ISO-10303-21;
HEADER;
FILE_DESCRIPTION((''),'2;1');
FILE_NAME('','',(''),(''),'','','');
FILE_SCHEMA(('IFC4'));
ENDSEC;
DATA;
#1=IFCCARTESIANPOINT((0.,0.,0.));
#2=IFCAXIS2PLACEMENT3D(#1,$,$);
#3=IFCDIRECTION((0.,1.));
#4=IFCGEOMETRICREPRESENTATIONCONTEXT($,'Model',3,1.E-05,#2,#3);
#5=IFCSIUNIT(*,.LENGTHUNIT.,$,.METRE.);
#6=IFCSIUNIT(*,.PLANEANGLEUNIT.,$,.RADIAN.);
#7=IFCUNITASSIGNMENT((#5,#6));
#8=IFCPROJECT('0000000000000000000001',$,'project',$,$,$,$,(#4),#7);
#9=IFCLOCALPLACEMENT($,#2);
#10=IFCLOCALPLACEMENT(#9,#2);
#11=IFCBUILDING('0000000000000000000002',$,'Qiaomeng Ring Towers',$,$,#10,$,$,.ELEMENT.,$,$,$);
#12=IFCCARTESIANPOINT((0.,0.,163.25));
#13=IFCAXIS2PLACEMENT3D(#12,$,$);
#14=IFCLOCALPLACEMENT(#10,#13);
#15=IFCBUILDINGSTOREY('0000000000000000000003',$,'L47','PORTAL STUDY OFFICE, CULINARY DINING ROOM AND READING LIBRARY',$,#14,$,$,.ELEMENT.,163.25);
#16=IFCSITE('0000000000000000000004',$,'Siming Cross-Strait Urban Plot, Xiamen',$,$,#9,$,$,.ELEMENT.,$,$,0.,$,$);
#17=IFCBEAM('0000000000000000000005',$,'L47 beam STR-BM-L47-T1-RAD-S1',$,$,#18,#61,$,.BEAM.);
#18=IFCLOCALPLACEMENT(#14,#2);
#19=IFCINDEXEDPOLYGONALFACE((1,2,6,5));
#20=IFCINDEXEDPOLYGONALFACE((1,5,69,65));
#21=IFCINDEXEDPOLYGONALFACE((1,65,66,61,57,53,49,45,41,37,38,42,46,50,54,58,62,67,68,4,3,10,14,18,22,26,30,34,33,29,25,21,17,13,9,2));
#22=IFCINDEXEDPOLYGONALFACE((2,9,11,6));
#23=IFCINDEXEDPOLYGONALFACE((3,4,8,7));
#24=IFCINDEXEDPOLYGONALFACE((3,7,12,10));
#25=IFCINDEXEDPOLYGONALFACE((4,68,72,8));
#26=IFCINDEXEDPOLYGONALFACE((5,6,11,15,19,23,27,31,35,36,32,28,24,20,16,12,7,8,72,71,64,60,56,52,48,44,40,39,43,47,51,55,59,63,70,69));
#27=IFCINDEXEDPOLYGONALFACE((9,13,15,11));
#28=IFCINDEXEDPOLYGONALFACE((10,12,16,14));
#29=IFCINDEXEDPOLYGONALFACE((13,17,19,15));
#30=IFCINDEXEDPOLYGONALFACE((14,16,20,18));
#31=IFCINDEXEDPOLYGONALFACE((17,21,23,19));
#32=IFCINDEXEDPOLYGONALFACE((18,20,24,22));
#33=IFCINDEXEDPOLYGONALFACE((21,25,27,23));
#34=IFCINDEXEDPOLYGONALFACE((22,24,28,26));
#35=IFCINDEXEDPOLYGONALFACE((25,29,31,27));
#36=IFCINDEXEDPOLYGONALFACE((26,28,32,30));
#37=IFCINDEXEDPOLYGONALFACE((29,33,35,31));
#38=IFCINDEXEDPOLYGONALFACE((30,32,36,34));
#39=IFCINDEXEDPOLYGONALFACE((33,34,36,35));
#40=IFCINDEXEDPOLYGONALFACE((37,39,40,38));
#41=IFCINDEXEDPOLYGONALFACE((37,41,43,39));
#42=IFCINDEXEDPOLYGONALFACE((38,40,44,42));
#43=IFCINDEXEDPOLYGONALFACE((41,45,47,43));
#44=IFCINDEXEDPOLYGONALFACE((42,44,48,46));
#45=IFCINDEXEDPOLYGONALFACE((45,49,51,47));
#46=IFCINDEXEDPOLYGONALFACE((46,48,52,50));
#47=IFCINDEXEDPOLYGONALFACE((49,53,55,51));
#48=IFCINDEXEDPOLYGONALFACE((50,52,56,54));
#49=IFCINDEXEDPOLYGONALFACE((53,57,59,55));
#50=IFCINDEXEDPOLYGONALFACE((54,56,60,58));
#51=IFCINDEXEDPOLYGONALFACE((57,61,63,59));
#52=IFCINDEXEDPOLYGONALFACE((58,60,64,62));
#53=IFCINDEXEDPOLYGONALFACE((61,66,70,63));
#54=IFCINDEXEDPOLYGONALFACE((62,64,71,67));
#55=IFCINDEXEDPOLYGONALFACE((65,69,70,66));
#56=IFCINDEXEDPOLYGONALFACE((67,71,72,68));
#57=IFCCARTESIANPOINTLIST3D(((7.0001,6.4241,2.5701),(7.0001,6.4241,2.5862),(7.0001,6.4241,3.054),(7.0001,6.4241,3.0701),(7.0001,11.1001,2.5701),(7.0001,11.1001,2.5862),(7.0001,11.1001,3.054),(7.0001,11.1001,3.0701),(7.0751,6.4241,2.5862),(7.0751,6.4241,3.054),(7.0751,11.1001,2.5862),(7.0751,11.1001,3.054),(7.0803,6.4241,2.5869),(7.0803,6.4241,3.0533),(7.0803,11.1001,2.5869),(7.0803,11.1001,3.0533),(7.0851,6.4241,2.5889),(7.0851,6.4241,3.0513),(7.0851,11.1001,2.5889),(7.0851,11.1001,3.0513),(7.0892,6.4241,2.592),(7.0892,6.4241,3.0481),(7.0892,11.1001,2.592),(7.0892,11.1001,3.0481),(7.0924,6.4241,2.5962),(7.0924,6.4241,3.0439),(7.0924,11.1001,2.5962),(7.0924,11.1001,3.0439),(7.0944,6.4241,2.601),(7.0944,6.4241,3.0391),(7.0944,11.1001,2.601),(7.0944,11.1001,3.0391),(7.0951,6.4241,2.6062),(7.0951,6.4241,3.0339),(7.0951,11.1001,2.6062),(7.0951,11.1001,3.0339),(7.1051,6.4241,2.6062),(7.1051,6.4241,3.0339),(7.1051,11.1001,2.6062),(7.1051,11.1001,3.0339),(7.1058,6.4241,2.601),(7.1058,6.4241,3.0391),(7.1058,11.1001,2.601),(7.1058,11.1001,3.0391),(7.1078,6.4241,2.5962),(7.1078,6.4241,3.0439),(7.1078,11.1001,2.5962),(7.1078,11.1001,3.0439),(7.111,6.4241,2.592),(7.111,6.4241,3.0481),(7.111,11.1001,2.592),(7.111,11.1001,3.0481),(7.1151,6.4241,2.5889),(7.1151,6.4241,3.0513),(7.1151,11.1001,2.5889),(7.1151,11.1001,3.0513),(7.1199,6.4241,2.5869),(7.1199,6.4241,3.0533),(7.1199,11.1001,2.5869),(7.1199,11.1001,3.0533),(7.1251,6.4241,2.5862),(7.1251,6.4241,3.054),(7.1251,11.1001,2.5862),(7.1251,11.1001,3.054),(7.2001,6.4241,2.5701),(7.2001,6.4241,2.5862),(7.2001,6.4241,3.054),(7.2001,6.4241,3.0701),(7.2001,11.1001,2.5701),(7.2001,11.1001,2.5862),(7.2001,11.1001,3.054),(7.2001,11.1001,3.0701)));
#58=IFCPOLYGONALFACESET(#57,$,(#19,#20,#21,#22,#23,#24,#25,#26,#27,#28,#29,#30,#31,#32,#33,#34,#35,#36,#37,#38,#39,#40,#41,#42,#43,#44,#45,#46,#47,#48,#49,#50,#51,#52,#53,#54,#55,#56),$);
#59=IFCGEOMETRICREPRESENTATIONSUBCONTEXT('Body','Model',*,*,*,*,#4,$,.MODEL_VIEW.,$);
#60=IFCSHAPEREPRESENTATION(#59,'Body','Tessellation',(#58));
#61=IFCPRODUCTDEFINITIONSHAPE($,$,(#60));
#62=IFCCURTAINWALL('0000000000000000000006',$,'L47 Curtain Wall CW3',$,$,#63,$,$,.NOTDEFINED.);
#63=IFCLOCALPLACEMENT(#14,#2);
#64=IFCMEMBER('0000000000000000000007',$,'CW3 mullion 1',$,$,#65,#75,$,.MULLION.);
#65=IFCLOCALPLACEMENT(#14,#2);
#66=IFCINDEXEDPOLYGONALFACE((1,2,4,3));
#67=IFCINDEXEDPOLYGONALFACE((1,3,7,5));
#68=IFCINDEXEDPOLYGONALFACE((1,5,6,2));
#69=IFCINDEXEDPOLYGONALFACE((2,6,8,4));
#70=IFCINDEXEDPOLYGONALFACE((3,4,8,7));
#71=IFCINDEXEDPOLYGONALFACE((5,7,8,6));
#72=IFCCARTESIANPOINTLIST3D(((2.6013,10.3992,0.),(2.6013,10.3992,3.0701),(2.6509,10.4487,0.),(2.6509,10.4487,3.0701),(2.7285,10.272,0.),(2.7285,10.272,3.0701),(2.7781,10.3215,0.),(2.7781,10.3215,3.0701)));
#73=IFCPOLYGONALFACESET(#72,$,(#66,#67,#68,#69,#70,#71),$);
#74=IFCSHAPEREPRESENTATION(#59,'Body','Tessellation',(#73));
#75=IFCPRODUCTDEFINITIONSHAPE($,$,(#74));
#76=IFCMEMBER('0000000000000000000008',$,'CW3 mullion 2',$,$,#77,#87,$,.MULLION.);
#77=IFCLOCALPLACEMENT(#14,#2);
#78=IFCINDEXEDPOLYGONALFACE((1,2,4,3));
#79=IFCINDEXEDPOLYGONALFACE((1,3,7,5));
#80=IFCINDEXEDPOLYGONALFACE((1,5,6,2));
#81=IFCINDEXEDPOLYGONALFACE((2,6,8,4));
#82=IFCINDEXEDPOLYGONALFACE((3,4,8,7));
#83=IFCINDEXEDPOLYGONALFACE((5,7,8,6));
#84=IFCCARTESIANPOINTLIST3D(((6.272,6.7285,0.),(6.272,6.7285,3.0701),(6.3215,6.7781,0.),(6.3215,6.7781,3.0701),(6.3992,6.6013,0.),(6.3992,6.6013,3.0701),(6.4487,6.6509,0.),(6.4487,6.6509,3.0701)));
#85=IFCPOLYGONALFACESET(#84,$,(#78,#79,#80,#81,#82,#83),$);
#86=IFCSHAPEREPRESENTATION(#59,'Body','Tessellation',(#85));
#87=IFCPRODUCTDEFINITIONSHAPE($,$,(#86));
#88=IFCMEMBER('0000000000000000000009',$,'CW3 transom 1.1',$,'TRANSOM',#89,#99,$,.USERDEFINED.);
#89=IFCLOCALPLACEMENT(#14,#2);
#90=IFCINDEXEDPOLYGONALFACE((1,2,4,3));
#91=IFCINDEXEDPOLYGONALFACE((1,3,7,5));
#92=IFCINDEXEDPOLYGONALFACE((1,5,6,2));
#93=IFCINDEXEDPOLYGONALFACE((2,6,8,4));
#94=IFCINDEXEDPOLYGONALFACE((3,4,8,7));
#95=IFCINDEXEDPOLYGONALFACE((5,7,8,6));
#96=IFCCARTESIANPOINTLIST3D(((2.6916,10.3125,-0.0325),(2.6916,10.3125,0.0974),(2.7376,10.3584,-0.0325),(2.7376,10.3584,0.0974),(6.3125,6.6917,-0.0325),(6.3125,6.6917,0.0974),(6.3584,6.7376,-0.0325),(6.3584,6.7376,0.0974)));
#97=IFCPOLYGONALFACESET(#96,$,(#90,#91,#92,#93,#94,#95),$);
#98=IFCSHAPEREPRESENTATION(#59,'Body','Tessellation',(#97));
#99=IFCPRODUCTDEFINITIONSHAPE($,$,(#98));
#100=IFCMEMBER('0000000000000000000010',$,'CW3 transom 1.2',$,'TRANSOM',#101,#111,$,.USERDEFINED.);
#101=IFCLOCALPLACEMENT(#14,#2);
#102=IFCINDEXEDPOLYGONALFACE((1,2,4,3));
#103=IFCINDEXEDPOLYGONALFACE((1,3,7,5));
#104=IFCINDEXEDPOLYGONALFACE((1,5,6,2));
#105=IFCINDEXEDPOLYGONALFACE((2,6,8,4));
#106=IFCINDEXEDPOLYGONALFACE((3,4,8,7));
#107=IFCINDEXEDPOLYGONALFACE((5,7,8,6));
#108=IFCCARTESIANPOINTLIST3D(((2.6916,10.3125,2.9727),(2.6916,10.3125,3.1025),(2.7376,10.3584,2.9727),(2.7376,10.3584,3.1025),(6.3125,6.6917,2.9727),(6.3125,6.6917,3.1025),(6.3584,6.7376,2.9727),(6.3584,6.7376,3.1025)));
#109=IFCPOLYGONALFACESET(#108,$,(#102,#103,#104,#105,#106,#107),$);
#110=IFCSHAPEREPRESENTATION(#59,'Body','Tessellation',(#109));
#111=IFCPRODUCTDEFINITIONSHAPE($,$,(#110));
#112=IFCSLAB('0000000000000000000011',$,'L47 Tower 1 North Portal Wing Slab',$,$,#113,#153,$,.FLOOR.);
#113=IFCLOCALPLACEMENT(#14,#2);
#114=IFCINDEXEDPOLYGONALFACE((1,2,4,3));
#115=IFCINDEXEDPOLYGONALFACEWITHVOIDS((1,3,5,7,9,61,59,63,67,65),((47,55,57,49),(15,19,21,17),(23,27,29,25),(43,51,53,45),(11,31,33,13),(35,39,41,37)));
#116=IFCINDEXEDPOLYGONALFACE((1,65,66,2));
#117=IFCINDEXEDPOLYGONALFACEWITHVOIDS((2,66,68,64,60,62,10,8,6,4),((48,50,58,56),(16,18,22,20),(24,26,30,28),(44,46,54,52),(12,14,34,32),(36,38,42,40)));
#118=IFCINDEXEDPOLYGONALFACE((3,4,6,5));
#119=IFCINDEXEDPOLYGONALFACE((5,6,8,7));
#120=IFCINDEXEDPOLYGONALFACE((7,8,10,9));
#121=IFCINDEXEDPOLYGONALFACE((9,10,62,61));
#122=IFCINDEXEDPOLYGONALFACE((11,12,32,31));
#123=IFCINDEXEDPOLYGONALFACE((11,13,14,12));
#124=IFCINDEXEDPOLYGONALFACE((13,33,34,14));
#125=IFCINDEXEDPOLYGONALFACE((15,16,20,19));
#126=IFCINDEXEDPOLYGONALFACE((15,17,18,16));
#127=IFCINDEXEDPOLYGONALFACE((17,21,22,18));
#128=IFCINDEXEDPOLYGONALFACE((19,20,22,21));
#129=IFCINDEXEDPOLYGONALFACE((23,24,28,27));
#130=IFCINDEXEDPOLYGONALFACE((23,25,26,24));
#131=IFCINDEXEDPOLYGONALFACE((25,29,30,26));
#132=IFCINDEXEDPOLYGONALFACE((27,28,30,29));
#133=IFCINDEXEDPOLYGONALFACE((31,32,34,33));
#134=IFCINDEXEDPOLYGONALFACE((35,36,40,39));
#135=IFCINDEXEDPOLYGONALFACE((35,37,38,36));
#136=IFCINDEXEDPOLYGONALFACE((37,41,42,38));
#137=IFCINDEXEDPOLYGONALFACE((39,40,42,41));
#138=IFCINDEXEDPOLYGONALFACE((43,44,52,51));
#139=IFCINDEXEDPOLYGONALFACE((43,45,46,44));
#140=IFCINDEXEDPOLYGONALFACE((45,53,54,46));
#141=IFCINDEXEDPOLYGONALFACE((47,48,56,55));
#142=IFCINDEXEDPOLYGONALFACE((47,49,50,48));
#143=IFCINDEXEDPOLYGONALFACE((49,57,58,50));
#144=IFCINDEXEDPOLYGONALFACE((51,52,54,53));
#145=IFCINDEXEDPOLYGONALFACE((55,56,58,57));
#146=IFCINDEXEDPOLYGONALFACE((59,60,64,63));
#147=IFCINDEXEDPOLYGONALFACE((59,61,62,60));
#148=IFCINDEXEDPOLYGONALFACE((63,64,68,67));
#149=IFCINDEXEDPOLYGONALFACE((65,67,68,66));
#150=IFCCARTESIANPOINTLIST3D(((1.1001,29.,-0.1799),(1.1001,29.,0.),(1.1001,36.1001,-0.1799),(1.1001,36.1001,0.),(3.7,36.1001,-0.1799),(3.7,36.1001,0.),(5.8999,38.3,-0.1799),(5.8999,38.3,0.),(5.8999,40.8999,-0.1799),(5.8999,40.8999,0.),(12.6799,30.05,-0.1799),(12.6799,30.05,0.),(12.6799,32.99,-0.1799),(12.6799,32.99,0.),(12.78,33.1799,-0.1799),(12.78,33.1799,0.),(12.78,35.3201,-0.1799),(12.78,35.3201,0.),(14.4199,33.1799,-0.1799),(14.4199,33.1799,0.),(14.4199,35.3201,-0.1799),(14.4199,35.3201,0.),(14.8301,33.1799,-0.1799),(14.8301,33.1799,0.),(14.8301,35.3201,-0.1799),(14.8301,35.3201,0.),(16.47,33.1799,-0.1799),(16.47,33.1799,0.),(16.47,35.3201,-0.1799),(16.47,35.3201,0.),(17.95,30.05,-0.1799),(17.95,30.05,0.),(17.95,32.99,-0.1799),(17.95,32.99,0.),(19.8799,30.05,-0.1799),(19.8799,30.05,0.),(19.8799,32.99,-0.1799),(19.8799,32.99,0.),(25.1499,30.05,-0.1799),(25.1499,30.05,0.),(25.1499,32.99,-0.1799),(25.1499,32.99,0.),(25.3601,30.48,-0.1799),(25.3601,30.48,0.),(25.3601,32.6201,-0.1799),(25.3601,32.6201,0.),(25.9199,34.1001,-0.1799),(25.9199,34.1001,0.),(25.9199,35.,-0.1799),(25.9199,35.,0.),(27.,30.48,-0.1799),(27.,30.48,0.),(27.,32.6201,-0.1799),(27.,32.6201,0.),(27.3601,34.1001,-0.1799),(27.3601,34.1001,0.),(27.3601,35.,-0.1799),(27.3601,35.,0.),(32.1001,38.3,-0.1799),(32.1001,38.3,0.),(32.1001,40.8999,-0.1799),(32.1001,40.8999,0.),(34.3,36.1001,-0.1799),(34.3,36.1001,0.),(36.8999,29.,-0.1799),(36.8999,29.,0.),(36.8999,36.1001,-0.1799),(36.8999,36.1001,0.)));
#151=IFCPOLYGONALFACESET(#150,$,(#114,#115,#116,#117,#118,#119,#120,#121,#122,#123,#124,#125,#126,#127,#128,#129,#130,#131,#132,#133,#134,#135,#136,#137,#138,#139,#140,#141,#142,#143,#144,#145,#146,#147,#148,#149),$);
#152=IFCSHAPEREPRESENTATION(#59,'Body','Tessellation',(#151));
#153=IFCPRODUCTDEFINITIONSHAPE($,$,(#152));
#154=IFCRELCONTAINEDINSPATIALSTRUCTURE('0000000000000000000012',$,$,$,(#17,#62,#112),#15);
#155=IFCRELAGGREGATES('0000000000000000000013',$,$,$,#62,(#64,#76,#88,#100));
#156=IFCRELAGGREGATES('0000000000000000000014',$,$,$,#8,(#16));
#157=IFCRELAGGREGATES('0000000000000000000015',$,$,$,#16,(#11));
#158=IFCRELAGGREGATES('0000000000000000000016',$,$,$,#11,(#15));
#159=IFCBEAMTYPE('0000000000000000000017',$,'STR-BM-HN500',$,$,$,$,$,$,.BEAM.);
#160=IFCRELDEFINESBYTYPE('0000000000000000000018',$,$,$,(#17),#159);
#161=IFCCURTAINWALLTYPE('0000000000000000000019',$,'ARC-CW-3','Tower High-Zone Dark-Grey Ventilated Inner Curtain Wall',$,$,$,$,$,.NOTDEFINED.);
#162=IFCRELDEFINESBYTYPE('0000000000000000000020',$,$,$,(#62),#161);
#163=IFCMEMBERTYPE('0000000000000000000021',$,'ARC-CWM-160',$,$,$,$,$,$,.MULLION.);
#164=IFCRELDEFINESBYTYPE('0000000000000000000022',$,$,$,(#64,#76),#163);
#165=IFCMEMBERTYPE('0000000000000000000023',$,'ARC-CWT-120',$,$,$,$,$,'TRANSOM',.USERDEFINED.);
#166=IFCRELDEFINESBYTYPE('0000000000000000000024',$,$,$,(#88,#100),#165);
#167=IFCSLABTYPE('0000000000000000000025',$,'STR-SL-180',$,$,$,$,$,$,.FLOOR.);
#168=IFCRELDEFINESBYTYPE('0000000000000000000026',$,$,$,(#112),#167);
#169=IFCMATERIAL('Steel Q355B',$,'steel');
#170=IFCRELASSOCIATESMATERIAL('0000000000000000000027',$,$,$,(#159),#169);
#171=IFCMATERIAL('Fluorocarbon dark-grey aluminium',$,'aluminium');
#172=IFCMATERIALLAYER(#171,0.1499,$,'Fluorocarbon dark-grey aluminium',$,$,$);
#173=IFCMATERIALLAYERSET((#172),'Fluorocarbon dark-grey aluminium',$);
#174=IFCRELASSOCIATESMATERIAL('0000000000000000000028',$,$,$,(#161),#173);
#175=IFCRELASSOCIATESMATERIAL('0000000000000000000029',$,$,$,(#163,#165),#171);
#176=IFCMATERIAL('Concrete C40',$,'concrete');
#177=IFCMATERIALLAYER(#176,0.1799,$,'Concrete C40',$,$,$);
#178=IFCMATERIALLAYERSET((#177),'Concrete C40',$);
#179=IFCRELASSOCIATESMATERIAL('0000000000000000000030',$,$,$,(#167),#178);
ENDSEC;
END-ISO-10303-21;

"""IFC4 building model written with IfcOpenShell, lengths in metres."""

from ifc_helpers import new_model, si_unit, direction, frame, origin, origin_2d, place, context, subcontext, project, spatial, polyline, rectangle, i_section, outline, extrude, source, transform, mapped, material, layer, layer_set, material_profile, profile_set, type_object, element, aggregate, save


model = new_model("IFC4")

# Units and contexts
model_context = context("Model", 3, precision=1e-05, world=origin(), true_north=direction((0.0, 1.0)))
body_context = subcontext(model_context, "Body", "Model", "MODEL_VIEW")
ifc_project = project(units=[si_unit("LENGTHUNIT", "METRE"), si_unit("PLANEANGLEUNIT", "RADIAN")], contexts=[model_context])

# Site, building, storey
site_placement = place(None, origin())
site = spatial("IfcSite", under=ifc_project, at=site_placement, Name="Siming Cross-Strait Urban Plot, Xiamen", CompositionType="ELEMENT", RefElevation=0.0)
building_placement = place(site_placement, origin())
building = spatial("IfcBuilding", under=site, at=building_placement, Name="Qiaomeng Ring Towers", CompositionType="ELEMENT")
storey_placement = place(building_placement, frame((0.0, 0.0, 163.25)))
storey = spatial("IfcBuildingStorey", under=building, at=storey_placement, Name="L47", Description="PORTAL STUDY OFFICE, CULINARY DINING ROOM AND READING LIBRARY", CompositionType="ELEMENT", Elevation=163.25)

# Beam
ifc_material_1 = material(Name="Steel Q355B", Category="steel")
ifc_material_profile_1 = material_profile(ifc_material_1, i_section(OverallWidth=0.2, OverallDepth=0.5, WebThickness=0.01, FlangeThickness=0.0161, FilletRadius=0.02, at=origin_2d()), Name="HN 500x200x10x16")
ifc_profile_set_1 = profile_set([ifc_material_profile_1], Name="Steel Q355B")
beam_type_1 = type_object("IfcBeamType", Name="STR-BM-HN500", PredefinedType="BEAM", material=ifc_profile_set_1)
shared_shape_1 = source(origin(), body_context, "Body", "SweptSolid", [
    extrude(i_section(OverallWidth=0.2, OverallDepth=0.5, WebThickness=0.01, FlangeThickness=0.0161, FilletRadius=0.02, at=origin_2d()), origin(), (0.0, 0.0, 1.0), 4.676),
])
beam_1_placement = place(storey_placement, frame((7.1001, 6.4241, 2.8201), z_axis=(0.0, 1.0, 0.0), x_axis=(-1.0, 0.0, 0.0)))
element("IfcBeam", 1, at=beam_1_placement, inside=storey, type_object=beam_type_1, Name="L47 beam STR-BM-L47-T1-RAD-S1", PredefinedType="BEAM", context=body_context, shape_type="MappedRepresentation", body=[
    mapped(shared_shape_1, transform((0.0, 0.0, 0.0), x_axis=(1.0, 0.0, 0.0), y_axis=(0.0, 1.0, 0.0), z_axis=(0.0, 0.0, 1.0), scale=1.0)),
])

# Curtain wall, members
ifc_material_2 = material(Name="Fluorocarbon dark-grey aluminium", Category="aluminium")
ifc_layer_1 = layer(ifc_material_2, 0.1499, Name="Fluorocarbon dark-grey aluminium")
ifc_layer_set_1 = layer_set([ifc_layer_1], Name="Fluorocarbon dark-grey aluminium")
curtain_wall_type = type_object("IfcCurtainWallType", Name="ARC-CW-3", Description="Tower High-Zone Dark-Grey Ventilated Inner Curtain Wall", PredefinedType="NOTDEFINED", material=ifc_layer_set_1)
curtain_wall_placement = place(storey_placement, origin())
curtain_wall = element("IfcCurtainWall", 2, at=curtain_wall_placement, inside=storey, type_object=curtain_wall_type, Name="L47 Curtain Wall CW3", PredefinedType="NOTDEFINED")
ifc_material_profile_2 = material_profile(ifc_material_2, rectangle(XDim=0.0701, YDim=0.1799, at=origin_2d()), Name="ALU MULL 70x180")
ifc_profile_set_2 = profile_set([ifc_material_profile_2], Name="Fluorocarbon dark-grey aluminium")
member_type_1 = type_object("IfcMemberType", Name="ARC-CWM-160", PredefinedType="MULLION", material=ifc_profile_set_2)
shared_shape_2 = source(origin(), body_context, "Body", "SweptSolid", [
    extrude(rectangle(XDim=0.0701, YDim=0.1799, at=origin_2d()), origin(), (0.0, 0.0, 1.0), 3.0701),
])
member_1_placement = place(storey_placement, frame((2.6897, 10.3604, 0.0), z_axis=(0.0, 0.0, 1.0), x_axis=(0.707107, 0.707107, 0.0)))
member_1 = element("IfcMember", 3, at=member_1_placement, type_object=member_type_1, Name="CW3 mullion 1", PredefinedType="MULLION", context=body_context, shape_type="MappedRepresentation", body=[
    mapped(shared_shape_2, transform((0.0, 0.0, 0.0), x_axis=(1.0, 0.0, 0.0), y_axis=(0.0, 1.0, 0.0), z_axis=(0.0, 0.0, 1.0), scale=1.0)),
])
member_2_placement = place(storey_placement, frame((6.3604, 6.6897, 0.0), z_axis=(0.0, 0.0, 1.0), x_axis=(0.707107, 0.707107, 0.0)))
member_2 = element("IfcMember", 4, at=member_2_placement, type_object=member_type_1, Name="CW3 mullion 2", PredefinedType="MULLION", context=body_context, shape_type="MappedRepresentation", body=[
    mapped(shared_shape_2, transform((0.0, 0.0, 0.0), x_axis=(1.0, 0.0, 0.0), y_axis=(0.0, 1.0, 0.0), z_axis=(0.0, 0.0, 1.0), scale=1.0)),
])
ifc_material_profile_3 = material_profile(ifc_material_2, rectangle(XDim=0.0649, YDim=0.1299, at=origin_2d()), Name="ALU TRAN 65x130")
ifc_profile_set_3 = profile_set([ifc_material_profile_3], Name="Fluorocarbon dark-grey aluminium")
member_type_2 = type_object("IfcMemberType", Name="ARC-CWT-120", ElementType="TRANSOM", PredefinedType="USERDEFINED", material=ifc_profile_set_3)
shared_shape_3 = source(origin(), body_context, "Body", "SweptSolid", [
    extrude(rectangle(XDim=0.0649, YDim=0.1299, at=origin_2d()), origin(), (0.0, 0.0, 1.0), 5.1206),
])
member_3_placement = place(storey_placement, frame((2.7146, 10.3354, 0.0325), z_axis=(0.707107, -0.707107, 0.0), x_axis=(0.707107, 0.707107, 0.0)))
member_3 = element("IfcMember", 5, at=member_3_placement, type_object=member_type_2, Name="CW3 transom 1.1", ObjectType="TRANSOM", PredefinedType="USERDEFINED", context=body_context, shape_type="MappedRepresentation", body=[
    mapped(shared_shape_3, transform((0.0, 0.0, 0.0), x_axis=(1.0, 0.0, 0.0), y_axis=(0.0, 1.0, 0.0), z_axis=(0.0, 0.0, 1.0), scale=1.0)),
])
member_4_placement = place(storey_placement, frame((2.7146, 10.3354, 3.0376), z_axis=(0.707107, -0.707107, 0.0), x_axis=(0.707107, 0.707107, 0.0)))
member_4 = element("IfcMember", 6, at=member_4_placement, type_object=member_type_2, Name="CW3 transom 1.2", ObjectType="TRANSOM", PredefinedType="USERDEFINED", context=body_context, shape_type="MappedRepresentation", body=[
    mapped(shared_shape_3, transform((0.0, 0.0, 0.0), x_axis=(1.0, 0.0, 0.0), y_axis=(0.0, 1.0, 0.0), z_axis=(0.0, 0.0, 1.0), scale=1.0)),
])

# Slab
ifc_material_3 = material(Name="Concrete C40", Category="concrete")
ifc_layer_2 = layer(ifc_material_3, 0.1799, Name="Concrete C40")
ifc_layer_set_2 = layer_set([ifc_layer_2], Name="Concrete C40")
slab_type_1 = type_object("IfcSlabType", Name="STR-SL-180", PredefinedType="FLOOR", material=ifc_layer_set_2)
slab_1_placement = place(storey_placement, frame((0.0, 0.0, -0.1799)))
element("IfcSlab", 7, at=slab_1_placement, inside=storey, type_object=slab_type_1, Name="L47 Tower 1 North Portal Wing Slab", PredefinedType="FLOOR", context=body_context, shape_type="SweptSolid", body=[
    extrude(outline(polyline([(1.1001, 36.1001), (3.7, 36.1001), (5.8999, 38.3), (5.8999, 40.8999), (32.1001, 40.8999), (32.1001, 38.3), (34.3, 36.1001), (36.8999, 36.1001), (36.8999, 29.0), (1.1001, 29.0), (1.1001, 36.1001)]), holes=[polyline([(17.95, 30.05), (12.6799, 30.05), (12.6799, 32.99), (17.95, 32.99), (17.95, 30.05)]), polyline([(19.8799, 30.05), (19.8799, 32.99), (25.1499, 32.99), (25.1499, 30.05), (19.8799, 30.05)]), polyline([(25.3601, 30.48), (25.3601, 32.6201), (27.0, 32.6201), (27.0, 30.48), (25.3601, 30.48)]), polyline([(14.4199, 33.1799), (12.78, 33.1799), (12.78, 35.3201), (14.4199, 35.3201), (14.4199, 33.1799)]), polyline([(14.8301, 33.1799), (14.8301, 35.3201), (16.47, 35.3201), (16.47, 33.1799), (14.8301, 33.1799)]), polyline([(25.9199, 34.1001), (25.9199, 35.0), (27.3601, 35.0), (27.3601, 34.1001), (25.9199, 34.1001)])]), origin(), (0.0, 0.0, 1.0), 0.1799),
])

aggregate(curtain_wall, [member_1, member_2, member_3, member_4])

save(model, "model.ifc")
